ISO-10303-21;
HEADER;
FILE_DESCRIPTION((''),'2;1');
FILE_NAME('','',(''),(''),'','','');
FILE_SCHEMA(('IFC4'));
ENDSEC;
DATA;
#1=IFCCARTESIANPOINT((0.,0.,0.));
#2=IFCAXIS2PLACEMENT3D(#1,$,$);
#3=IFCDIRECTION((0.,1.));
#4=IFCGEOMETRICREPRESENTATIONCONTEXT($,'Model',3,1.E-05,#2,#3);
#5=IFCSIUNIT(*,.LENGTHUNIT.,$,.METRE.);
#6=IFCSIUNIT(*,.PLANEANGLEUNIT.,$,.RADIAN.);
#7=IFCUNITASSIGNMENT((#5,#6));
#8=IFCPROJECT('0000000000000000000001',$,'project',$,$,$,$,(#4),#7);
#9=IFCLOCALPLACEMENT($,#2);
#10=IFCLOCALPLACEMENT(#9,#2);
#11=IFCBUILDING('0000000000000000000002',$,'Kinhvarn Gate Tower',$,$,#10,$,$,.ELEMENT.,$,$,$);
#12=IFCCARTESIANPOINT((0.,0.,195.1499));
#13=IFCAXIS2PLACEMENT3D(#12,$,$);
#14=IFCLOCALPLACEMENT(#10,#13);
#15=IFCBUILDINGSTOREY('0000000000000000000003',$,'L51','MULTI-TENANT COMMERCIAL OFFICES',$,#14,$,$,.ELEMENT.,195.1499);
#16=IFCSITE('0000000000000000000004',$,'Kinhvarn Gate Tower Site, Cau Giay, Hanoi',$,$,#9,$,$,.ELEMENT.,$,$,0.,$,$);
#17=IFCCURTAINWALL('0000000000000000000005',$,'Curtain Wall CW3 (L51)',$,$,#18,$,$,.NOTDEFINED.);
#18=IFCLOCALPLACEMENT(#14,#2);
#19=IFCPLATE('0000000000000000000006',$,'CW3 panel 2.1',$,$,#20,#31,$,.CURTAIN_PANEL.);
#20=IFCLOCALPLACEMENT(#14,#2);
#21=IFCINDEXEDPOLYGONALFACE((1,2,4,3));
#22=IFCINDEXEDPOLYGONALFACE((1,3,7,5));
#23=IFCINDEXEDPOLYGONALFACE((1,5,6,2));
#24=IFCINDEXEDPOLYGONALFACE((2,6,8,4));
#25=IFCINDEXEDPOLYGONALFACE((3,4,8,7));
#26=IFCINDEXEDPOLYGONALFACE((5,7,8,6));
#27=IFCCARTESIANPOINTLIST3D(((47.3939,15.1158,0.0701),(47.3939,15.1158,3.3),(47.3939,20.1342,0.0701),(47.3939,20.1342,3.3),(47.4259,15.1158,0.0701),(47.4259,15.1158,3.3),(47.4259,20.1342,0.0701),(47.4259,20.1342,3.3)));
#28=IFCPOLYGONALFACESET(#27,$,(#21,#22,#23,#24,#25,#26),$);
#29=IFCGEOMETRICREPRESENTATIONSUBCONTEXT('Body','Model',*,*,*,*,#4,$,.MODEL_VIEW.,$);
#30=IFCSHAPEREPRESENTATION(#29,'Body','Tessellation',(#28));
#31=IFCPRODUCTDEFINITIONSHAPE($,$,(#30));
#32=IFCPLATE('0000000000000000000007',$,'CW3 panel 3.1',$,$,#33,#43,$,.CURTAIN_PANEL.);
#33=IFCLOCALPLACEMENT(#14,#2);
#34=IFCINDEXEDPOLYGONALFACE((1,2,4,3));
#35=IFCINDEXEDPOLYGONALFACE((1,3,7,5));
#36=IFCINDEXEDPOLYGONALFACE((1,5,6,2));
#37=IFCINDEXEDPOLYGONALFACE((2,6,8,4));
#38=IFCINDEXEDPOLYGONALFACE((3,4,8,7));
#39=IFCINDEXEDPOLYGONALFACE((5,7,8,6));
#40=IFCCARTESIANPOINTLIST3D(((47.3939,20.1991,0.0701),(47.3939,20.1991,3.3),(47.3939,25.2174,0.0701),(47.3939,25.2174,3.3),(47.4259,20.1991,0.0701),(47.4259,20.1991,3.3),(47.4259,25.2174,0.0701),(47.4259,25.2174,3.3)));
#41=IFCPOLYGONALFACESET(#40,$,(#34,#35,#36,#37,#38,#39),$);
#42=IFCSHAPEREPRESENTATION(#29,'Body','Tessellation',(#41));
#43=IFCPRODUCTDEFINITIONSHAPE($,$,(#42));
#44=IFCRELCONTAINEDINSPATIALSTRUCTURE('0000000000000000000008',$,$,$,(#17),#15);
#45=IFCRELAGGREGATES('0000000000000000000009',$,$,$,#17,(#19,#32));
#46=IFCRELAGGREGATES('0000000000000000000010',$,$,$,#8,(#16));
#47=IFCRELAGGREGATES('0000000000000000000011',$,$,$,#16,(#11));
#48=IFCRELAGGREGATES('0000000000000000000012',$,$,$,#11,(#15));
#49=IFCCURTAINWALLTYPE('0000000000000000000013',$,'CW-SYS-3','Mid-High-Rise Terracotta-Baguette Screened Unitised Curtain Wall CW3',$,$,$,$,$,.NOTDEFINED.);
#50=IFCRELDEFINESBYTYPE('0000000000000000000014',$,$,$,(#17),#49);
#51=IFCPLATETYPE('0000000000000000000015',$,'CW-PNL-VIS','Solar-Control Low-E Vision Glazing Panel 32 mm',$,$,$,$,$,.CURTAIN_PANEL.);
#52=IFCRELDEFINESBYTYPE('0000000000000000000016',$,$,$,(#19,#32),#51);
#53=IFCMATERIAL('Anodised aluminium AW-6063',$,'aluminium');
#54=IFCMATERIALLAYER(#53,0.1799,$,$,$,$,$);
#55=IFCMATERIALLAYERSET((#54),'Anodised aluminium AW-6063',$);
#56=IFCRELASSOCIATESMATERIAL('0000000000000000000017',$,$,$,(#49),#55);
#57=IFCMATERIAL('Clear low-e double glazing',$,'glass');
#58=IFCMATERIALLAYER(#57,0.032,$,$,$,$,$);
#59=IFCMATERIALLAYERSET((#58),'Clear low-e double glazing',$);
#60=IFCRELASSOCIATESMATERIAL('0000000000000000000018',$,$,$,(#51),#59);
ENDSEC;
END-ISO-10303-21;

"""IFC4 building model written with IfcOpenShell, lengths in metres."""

from ifc_helpers import new_model, si_unit, direction, frame, origin, origin_2d, place, context, subcontext, project, spatial, rectangle, extrude, material, layer, layer_set, type_object, element, aggregate, save


model = new_model("IFC4")

# Units and contexts
model_context = context("Model", 3, precision=1e-05, world=origin(), true_north=direction((0.0, 1.0)))
body_context = subcontext(model_context, "Body", "Model", "MODEL_VIEW")
ifc_project = project(units=[si_unit("LENGTHUNIT", "METRE"), si_unit("PLANEANGLEUNIT", "RADIAN")], contexts=[model_context])

# Site, building, storey
site_placement = place(None, origin())
site = spatial("IfcSite", under=ifc_project, at=site_placement, Name="Kinhvarn Gate Tower Site, Cau Giay, Hanoi", CompositionType="ELEMENT", RefElevation=0.0)
building_placement = place(site_placement, origin())
building = spatial("IfcBuilding", under=site, at=building_placement, Name="Kinhvarn Gate Tower", CompositionType="ELEMENT")
storey_placement = place(building_placement, frame((0.0, 0.0, 195.1499)))
storey = spatial("IfcBuildingStorey", under=building, at=storey_placement, Name="L51", Description="MULTI-TENANT COMMERCIAL OFFICES", CompositionType="ELEMENT", Elevation=195.1499)

# Curtain wall
ifc_material_1 = material(Name="Anodised aluminium AW-6063", Category="aluminium")
ifc_layer_1 = layer(ifc_material_1, 0.1799)
ifc_layer_set_1 = layer_set([ifc_layer_1], Name="Anodised aluminium AW-6063")
curtain_wall_type = type_object("IfcCurtainWallType", Name="CW-SYS-3", Description="Mid-High-Rise Terracotta-Baguette Screened Unitised Curtain Wall CW3", PredefinedType="NOTDEFINED", material=ifc_layer_set_1)
curtain_wall_placement = place(storey_placement, origin())
curtain_wall = element("IfcCurtainWall", 1, at=curtain_wall_placement, inside=storey, type_object=curtain_wall_type, Name="Curtain Wall CW3 (L51)", PredefinedType="NOTDEFINED")

# Plates
ifc_material_2 = material(Name="Clear low-e double glazing", Category="glass")
ifc_layer_2 = layer(ifc_material_2, 0.032)
ifc_layer_set_2 = layer_set([ifc_layer_2], Name="Clear low-e double glazing")
plate_type = type_object("IfcPlateType", Name="CW-PNL-VIS", Description="Solar-Control Low-E Vision Glazing Panel 32 mm", PredefinedType="CURTAIN_PANEL", material=ifc_layer_set_2)
plate_1_placement = place(storey_placement, frame((47.4099, 17.625, 0.0701), z_axis=(0.0, 0.0, 1.0), x_axis=(0.0, 1.0, 0.0)))
plate_1 = element("IfcPlate", 2, at=plate_1_placement, type_object=plate_type, Name="CW3 panel 2.1", PredefinedType="CURTAIN_PANEL", context=body_context, shape_type="SweptSolid", body=[
    extrude(rectangle(XDim=5.0183, YDim=0.032, at=origin_2d()), origin(), (0.0, 0.0, 1.0), 3.23),
])
plate_2_placement = place(storey_placement, frame((47.4099, 22.7083, 0.0701), z_axis=(0.0, 0.0, 1.0), x_axis=(0.0, 1.0, 0.0)))
plate_2 = element("IfcPlate", 3, at=plate_2_placement, type_object=plate_type, Name="CW3 panel 3.1", PredefinedType="CURTAIN_PANEL", context=body_context, shape_type="SweptSolid", body=[
    extrude(rectangle(XDim=5.0183, YDim=0.032, at=origin_2d()), origin(), (0.0, 0.0, 1.0), 3.23),
])
aggregate(curtain_wall, [plate_1, plate_2])

save(model, "model.ifc")
